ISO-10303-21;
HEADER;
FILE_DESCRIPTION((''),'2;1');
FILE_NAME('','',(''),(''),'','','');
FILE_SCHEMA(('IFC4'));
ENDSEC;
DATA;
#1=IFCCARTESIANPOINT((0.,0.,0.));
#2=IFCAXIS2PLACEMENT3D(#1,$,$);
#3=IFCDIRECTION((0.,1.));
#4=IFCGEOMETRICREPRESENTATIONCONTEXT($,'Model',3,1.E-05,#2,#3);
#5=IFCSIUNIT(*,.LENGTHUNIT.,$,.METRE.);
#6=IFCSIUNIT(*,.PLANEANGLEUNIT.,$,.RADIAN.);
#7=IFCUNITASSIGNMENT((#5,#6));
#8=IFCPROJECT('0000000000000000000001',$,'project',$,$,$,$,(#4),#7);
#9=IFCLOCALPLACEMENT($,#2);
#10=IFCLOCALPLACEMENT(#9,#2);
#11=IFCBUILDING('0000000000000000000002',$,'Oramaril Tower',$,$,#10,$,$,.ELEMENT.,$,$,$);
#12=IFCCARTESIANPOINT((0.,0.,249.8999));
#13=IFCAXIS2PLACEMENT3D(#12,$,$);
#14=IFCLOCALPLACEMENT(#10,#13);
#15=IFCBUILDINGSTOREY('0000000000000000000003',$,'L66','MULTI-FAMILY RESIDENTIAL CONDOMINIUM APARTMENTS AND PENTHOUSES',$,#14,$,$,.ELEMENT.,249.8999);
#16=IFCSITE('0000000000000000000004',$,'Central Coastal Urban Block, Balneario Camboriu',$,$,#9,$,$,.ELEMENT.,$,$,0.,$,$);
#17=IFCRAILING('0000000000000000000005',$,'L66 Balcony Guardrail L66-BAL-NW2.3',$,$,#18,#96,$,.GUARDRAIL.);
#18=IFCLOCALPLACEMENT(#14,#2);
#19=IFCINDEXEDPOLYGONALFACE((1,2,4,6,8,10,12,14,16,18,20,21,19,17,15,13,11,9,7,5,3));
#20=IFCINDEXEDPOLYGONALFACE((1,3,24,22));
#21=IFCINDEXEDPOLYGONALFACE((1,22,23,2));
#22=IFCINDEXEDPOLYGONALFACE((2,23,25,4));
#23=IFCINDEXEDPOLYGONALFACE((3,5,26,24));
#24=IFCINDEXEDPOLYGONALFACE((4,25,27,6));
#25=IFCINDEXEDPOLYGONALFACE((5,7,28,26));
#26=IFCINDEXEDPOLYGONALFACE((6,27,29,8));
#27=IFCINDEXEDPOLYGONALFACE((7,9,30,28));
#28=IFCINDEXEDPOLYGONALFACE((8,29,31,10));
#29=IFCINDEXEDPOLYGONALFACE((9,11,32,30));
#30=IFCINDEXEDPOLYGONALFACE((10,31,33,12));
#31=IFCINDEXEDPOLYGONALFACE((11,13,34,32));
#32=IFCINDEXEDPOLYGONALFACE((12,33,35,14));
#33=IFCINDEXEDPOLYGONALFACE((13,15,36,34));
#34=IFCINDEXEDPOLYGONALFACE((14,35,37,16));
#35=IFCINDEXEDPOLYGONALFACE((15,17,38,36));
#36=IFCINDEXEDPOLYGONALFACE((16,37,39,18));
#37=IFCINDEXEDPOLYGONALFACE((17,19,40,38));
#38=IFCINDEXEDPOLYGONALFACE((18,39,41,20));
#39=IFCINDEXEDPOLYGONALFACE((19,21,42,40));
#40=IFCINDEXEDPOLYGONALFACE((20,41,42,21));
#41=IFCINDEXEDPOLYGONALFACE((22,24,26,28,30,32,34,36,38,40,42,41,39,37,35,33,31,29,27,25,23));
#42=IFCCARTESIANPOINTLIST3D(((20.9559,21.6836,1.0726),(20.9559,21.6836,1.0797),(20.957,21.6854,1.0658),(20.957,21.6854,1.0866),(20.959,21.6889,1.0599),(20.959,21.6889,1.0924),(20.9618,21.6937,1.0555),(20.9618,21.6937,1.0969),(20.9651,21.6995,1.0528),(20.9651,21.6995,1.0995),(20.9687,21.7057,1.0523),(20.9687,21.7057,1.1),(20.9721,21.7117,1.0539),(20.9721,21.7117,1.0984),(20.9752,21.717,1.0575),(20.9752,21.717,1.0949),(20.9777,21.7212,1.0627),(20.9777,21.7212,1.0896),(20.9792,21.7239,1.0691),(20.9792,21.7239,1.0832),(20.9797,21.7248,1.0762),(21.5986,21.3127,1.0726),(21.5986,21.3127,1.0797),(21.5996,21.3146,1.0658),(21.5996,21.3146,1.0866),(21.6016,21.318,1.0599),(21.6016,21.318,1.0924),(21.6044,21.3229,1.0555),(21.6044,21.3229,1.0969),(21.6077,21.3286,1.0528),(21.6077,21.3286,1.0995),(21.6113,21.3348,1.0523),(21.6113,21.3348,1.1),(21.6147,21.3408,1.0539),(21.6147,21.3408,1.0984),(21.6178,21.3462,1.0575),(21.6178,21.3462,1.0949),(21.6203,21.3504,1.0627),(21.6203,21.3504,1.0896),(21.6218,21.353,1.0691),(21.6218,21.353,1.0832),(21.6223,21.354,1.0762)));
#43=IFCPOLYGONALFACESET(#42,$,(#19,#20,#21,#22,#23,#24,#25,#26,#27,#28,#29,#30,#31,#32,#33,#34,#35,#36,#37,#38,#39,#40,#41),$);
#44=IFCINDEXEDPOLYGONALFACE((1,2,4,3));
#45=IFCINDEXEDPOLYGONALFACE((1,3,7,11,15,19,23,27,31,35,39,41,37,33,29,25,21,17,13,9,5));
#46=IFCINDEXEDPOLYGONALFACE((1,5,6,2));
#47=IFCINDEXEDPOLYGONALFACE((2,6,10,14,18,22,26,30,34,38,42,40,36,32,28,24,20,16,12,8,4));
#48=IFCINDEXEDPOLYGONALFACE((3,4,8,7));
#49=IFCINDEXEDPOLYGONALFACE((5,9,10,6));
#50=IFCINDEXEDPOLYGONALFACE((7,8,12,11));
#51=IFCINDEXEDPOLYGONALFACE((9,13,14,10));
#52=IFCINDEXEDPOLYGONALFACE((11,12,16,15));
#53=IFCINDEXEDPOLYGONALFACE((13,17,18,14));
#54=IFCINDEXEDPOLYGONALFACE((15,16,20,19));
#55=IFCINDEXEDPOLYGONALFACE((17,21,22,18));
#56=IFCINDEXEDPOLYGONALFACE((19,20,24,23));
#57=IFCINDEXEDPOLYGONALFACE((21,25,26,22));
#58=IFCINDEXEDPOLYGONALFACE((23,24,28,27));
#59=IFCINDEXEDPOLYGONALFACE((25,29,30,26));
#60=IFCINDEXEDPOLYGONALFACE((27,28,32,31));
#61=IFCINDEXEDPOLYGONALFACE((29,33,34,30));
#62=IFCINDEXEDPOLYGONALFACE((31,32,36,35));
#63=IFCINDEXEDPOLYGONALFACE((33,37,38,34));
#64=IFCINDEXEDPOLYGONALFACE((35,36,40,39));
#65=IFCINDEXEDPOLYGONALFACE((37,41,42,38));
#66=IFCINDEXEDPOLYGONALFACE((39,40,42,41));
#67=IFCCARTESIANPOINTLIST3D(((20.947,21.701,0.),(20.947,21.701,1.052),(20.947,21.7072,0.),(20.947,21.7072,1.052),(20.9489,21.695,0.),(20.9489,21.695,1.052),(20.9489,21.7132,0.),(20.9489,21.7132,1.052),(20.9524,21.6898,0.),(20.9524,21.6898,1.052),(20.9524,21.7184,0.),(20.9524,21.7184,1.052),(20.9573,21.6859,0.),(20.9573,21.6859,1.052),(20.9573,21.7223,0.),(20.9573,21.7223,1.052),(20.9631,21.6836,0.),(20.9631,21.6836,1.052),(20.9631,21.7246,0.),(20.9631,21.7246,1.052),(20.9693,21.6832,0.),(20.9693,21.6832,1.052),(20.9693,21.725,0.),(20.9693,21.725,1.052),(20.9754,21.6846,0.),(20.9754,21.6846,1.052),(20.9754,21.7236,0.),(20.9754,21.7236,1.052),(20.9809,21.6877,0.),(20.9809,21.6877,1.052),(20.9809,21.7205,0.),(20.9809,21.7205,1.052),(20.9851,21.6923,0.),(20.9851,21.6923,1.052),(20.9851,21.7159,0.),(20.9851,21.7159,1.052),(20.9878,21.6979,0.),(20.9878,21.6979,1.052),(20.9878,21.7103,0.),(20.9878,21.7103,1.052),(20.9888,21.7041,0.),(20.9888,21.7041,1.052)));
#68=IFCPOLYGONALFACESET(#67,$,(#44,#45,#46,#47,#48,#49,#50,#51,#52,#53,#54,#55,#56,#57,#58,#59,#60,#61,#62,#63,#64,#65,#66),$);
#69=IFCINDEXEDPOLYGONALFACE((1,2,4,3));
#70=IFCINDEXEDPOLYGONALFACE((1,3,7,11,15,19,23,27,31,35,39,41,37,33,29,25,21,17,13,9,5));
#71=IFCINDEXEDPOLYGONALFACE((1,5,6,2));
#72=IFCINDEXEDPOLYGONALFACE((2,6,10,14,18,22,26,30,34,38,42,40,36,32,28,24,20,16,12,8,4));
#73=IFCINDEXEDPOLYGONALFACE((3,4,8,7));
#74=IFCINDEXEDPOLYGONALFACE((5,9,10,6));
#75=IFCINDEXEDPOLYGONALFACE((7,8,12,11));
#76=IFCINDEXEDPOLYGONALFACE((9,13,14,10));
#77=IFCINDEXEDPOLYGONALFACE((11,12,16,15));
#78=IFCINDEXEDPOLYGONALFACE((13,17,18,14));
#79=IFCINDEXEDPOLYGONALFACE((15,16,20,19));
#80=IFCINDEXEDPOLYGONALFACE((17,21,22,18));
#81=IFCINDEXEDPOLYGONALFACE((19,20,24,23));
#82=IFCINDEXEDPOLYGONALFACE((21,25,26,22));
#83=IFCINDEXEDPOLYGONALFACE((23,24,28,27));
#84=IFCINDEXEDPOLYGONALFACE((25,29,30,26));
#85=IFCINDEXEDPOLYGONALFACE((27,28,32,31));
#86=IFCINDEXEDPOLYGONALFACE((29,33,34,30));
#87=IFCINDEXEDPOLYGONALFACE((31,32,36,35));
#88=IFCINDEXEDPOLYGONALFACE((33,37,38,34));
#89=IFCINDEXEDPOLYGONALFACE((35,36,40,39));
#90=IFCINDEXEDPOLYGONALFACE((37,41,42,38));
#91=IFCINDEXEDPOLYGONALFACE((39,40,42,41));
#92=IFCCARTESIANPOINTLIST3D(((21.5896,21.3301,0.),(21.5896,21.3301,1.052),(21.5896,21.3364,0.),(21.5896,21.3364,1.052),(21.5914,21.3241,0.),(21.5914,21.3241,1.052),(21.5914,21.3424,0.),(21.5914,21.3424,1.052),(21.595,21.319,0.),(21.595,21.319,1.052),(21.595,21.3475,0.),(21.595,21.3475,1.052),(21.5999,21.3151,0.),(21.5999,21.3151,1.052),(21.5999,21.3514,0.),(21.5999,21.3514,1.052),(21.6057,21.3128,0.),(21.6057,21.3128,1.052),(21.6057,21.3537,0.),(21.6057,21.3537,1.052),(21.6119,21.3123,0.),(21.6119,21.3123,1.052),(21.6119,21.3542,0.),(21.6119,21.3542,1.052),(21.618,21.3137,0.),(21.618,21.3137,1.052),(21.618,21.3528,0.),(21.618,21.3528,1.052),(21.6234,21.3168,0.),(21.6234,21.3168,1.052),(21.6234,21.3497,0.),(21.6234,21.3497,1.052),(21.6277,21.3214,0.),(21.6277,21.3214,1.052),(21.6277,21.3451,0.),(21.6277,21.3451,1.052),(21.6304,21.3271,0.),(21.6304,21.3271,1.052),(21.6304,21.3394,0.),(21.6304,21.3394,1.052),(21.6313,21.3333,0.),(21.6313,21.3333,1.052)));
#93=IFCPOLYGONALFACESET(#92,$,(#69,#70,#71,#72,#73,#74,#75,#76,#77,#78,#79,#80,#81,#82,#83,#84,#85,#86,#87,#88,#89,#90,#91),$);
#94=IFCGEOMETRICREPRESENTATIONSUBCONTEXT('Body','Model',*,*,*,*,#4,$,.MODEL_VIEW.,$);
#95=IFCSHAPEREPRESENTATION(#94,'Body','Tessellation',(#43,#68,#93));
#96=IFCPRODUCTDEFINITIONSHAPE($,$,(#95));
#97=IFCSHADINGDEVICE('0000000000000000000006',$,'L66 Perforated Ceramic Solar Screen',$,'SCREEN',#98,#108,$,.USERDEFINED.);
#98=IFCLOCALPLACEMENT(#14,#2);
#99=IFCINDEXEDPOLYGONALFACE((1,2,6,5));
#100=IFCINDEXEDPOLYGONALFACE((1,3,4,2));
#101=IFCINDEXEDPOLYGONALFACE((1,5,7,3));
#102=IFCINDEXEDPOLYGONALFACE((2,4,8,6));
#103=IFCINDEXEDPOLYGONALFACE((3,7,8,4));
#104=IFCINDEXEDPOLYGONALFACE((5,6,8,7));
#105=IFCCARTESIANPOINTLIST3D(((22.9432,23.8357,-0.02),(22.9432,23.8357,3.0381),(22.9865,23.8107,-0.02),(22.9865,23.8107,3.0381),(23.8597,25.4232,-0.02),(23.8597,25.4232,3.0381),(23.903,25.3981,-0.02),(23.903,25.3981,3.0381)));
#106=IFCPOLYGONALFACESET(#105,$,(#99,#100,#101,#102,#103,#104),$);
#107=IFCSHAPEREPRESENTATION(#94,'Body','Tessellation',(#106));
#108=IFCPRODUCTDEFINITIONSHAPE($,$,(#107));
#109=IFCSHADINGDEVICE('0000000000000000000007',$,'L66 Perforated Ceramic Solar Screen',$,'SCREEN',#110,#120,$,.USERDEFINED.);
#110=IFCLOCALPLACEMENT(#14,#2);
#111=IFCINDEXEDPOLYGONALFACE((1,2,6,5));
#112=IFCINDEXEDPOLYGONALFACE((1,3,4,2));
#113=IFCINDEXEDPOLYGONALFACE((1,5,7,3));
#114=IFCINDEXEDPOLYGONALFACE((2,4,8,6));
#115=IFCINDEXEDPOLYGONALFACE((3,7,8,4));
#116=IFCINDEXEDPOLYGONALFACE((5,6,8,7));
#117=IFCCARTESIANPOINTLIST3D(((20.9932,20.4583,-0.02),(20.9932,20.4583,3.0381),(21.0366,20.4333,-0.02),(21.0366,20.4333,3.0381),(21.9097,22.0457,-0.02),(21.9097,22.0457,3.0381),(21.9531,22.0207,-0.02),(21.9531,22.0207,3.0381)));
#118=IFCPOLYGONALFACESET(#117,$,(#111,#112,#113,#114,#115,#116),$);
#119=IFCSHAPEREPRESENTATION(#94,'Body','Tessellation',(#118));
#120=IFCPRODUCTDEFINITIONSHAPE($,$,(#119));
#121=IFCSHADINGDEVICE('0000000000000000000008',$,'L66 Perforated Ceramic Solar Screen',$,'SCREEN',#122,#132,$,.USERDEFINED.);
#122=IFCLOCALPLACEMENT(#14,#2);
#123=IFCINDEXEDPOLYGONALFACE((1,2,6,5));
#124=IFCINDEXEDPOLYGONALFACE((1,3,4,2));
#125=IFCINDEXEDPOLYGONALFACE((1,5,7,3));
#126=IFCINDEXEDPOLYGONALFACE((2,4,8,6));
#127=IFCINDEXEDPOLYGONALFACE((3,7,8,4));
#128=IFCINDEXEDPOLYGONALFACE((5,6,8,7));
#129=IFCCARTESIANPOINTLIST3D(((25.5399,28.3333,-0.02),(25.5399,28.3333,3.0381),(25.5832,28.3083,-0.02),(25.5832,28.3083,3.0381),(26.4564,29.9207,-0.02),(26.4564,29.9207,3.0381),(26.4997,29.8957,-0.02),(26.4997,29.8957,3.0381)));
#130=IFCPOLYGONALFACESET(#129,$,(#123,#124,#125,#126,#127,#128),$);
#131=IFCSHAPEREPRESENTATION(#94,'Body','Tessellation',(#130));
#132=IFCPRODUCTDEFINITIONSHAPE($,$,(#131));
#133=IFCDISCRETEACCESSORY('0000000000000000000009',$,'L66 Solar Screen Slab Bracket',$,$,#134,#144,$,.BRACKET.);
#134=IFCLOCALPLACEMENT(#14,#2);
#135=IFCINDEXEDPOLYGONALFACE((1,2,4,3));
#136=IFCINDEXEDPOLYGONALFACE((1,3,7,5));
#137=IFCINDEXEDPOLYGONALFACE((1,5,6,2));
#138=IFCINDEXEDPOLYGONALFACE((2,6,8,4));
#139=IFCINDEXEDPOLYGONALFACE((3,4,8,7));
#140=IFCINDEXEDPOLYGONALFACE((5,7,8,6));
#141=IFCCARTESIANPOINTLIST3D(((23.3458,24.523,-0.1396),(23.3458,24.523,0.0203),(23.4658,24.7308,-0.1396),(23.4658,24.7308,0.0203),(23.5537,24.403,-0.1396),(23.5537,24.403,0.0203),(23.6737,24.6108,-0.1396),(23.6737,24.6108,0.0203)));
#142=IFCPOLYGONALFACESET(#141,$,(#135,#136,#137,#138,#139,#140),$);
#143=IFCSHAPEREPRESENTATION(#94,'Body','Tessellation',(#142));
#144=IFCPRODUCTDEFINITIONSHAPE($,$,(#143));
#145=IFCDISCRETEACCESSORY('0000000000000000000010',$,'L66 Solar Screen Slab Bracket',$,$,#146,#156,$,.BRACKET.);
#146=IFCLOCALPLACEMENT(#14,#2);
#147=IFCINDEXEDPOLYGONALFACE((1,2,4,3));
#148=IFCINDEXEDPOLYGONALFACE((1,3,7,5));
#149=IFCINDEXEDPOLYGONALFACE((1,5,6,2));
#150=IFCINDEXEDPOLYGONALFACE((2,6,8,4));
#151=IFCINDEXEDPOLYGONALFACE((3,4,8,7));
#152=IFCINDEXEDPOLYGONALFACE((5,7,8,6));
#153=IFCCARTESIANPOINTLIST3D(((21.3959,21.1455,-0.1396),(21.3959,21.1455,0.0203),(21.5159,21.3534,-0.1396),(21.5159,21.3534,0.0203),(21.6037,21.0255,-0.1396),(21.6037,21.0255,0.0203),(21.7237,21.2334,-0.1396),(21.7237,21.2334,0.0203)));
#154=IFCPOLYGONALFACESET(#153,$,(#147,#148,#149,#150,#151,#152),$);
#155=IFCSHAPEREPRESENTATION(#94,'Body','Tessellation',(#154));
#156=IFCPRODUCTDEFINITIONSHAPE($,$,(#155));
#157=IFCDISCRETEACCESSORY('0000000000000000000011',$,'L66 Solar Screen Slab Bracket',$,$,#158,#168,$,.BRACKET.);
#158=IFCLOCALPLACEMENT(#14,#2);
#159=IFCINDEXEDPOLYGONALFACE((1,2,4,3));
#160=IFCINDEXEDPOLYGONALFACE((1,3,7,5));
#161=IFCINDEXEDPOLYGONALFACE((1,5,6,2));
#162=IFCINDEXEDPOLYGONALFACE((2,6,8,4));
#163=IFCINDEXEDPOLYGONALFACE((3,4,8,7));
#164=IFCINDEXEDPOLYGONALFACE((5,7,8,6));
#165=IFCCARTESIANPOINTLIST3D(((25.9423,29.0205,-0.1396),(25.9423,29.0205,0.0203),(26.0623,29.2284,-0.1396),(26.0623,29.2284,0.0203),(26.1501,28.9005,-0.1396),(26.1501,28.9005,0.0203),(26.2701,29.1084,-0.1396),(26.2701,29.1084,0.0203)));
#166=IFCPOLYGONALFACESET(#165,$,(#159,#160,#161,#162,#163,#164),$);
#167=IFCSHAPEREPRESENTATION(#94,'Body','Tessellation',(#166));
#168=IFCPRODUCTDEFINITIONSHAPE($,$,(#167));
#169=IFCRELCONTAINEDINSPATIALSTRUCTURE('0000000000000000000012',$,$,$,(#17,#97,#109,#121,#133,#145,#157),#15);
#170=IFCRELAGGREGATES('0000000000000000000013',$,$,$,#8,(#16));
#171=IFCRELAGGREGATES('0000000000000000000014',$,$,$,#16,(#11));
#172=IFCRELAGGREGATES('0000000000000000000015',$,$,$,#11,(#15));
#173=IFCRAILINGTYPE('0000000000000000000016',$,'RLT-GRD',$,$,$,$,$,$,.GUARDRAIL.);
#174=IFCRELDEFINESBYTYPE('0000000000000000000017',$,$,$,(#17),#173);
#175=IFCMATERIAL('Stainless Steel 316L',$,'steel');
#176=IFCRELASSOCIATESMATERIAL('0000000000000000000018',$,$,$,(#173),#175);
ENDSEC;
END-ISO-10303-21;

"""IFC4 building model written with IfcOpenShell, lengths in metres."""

from ifc_helpers import new_model, si_unit, direction, frame, origin, origin_2d, place, context, subcontext, project, spatial, rectangle, circle, extrude, material, type_object, element, save


model = new_model("IFC4")

# Units and contexts
model_context = context("Model", 3, precision=1e-05, world=origin(), true_north=direction((0.0, 1.0)))
body_context = subcontext(model_context, "Body", "Model", "MODEL_VIEW")
ifc_project = project(units=[si_unit("LENGTHUNIT", "METRE"), si_unit("PLANEANGLEUNIT", "RADIAN")], contexts=[model_context])

# Site, building, storey
site_placement = place(None, origin())
site = spatial("IfcSite", under=ifc_project, at=site_placement, Name="Central Coastal Urban Block, Balneario Camboriu", CompositionType="ELEMENT", RefElevation=0.0)
building_placement = place(site_placement, origin())
building = spatial("IfcBuilding", under=site, at=building_placement, Name="Oramaril Tower", CompositionType="ELEMENT")
storey_placement = place(building_placement, frame((0.0, 0.0, 249.8999)))
storey = spatial("IfcBuildingStorey", under=building, at=storey_placement, Name="L66", Description="MULTI-FAMILY RESIDENTIAL CONDOMINIUM APARTMENTS AND PENTHOUSES", CompositionType="ELEMENT", Elevation=249.8999)

# Railing
ifc_material_1 = material(Name="Stainless Steel 316L", Category="steel")
railing_type = type_object("IfcRailingType", Name="RLT-GRD", PredefinedType="GUARDRAIL", material=ifc_material_1)
railing_placement = place(storey_placement, frame((20.9678, 21.7041, 0.0)))
element("IfcRailing", 1, at=railing_placement, inside=storey, type_object=railing_type, Name="L66 Balcony Guardrail L66-BAL-NW2.3", PredefinedType="GUARDRAIL", context=body_context, shape_type="SweptSolid", body=[
    extrude(circle(Radius=0.0239, at=origin_2d()), frame((0.0, 0.0, 1.0762), z_axis=(0.866109, -0.499855, 0.0), x_axis=(0.499855, 0.866109, 0.0)), (0.0, 0.0, 1.0), 0.7419),
    extrude(circle(Radius=0.021, at=origin_2d()), origin(), (0.0, 0.0, 1.0), 1.052),
    extrude(circle(Radius=0.021, at=origin_2d()), frame((0.6426, -0.3708, 0.0)), (0.0, 0.0, 1.0), 1.052),
])

# Shading devices
for number, where, z_axis, x_axis, name in (
    (2, (23.4231, 24.6169, -0.02), (0.0, 0.0, 1.0), (-0.499998, -0.866026, 0.0), "L66 Perforated Ceramic Solar Screen"),
    (3, (21.4731, 21.2395, -0.02), (0.0, 0.0, 1.0), (-0.499998, -0.866026, 0.0), "L66 Perforated Ceramic Solar Screen"),
    (4, (26.0198, 29.1145, -0.02), (0.0, 0.0, 1.0), (-0.499998, -0.866026, 0.0), "L66 Perforated Ceramic Solar Screen"),
):
    element("IfcShadingDevice", number, at=place(storey_placement, frame(where, z_axis=z_axis, x_axis=x_axis)), inside=storey, Name=name, ObjectType="SCREEN", PredefinedType="USERDEFINED", context=body_context, shape_type="SweptSolid", body=[
        extrude(rectangle(XDim=1.833, YDim=0.05, at=origin_2d()), origin(), (0.0, 0.0, 1.0), 3.0581),
    ])

# Discrete accessories
for number, where, z_axis, x_axis, name in (
    (5, (23.5098, 24.5669, -0.1396), (0.0, 0.0, 1.0), (-0.499998, -0.866026, 0.0), "L66 Solar Screen Slab Bracket"),
    (6, (21.5598, 21.1895, -0.1396), (0.0, 0.0, 1.0), (-0.499998, -0.866026, 0.0), "L66 Solar Screen Slab Bracket"),
    (7, (26.1062, 29.0645, -0.1396), (0.0, 0.0, 1.0), (-0.499998, -0.866026, 0.0), "L66 Solar Screen Slab Bracket"),
):
    element("IfcDiscreteAccessory", number, at=place(storey_placement, frame(where, z_axis=z_axis, x_axis=x_axis)), inside=storey, Name=name, PredefinedType="BRACKET", context=body_context, shape_type="SweptSolid", body=[
        extrude(rectangle(XDim=0.24, YDim=0.24, at=origin_2d()), origin(), (0.0, 0.0, 1.0), 0.1599),
    ])

save(model, "model.ifc")
